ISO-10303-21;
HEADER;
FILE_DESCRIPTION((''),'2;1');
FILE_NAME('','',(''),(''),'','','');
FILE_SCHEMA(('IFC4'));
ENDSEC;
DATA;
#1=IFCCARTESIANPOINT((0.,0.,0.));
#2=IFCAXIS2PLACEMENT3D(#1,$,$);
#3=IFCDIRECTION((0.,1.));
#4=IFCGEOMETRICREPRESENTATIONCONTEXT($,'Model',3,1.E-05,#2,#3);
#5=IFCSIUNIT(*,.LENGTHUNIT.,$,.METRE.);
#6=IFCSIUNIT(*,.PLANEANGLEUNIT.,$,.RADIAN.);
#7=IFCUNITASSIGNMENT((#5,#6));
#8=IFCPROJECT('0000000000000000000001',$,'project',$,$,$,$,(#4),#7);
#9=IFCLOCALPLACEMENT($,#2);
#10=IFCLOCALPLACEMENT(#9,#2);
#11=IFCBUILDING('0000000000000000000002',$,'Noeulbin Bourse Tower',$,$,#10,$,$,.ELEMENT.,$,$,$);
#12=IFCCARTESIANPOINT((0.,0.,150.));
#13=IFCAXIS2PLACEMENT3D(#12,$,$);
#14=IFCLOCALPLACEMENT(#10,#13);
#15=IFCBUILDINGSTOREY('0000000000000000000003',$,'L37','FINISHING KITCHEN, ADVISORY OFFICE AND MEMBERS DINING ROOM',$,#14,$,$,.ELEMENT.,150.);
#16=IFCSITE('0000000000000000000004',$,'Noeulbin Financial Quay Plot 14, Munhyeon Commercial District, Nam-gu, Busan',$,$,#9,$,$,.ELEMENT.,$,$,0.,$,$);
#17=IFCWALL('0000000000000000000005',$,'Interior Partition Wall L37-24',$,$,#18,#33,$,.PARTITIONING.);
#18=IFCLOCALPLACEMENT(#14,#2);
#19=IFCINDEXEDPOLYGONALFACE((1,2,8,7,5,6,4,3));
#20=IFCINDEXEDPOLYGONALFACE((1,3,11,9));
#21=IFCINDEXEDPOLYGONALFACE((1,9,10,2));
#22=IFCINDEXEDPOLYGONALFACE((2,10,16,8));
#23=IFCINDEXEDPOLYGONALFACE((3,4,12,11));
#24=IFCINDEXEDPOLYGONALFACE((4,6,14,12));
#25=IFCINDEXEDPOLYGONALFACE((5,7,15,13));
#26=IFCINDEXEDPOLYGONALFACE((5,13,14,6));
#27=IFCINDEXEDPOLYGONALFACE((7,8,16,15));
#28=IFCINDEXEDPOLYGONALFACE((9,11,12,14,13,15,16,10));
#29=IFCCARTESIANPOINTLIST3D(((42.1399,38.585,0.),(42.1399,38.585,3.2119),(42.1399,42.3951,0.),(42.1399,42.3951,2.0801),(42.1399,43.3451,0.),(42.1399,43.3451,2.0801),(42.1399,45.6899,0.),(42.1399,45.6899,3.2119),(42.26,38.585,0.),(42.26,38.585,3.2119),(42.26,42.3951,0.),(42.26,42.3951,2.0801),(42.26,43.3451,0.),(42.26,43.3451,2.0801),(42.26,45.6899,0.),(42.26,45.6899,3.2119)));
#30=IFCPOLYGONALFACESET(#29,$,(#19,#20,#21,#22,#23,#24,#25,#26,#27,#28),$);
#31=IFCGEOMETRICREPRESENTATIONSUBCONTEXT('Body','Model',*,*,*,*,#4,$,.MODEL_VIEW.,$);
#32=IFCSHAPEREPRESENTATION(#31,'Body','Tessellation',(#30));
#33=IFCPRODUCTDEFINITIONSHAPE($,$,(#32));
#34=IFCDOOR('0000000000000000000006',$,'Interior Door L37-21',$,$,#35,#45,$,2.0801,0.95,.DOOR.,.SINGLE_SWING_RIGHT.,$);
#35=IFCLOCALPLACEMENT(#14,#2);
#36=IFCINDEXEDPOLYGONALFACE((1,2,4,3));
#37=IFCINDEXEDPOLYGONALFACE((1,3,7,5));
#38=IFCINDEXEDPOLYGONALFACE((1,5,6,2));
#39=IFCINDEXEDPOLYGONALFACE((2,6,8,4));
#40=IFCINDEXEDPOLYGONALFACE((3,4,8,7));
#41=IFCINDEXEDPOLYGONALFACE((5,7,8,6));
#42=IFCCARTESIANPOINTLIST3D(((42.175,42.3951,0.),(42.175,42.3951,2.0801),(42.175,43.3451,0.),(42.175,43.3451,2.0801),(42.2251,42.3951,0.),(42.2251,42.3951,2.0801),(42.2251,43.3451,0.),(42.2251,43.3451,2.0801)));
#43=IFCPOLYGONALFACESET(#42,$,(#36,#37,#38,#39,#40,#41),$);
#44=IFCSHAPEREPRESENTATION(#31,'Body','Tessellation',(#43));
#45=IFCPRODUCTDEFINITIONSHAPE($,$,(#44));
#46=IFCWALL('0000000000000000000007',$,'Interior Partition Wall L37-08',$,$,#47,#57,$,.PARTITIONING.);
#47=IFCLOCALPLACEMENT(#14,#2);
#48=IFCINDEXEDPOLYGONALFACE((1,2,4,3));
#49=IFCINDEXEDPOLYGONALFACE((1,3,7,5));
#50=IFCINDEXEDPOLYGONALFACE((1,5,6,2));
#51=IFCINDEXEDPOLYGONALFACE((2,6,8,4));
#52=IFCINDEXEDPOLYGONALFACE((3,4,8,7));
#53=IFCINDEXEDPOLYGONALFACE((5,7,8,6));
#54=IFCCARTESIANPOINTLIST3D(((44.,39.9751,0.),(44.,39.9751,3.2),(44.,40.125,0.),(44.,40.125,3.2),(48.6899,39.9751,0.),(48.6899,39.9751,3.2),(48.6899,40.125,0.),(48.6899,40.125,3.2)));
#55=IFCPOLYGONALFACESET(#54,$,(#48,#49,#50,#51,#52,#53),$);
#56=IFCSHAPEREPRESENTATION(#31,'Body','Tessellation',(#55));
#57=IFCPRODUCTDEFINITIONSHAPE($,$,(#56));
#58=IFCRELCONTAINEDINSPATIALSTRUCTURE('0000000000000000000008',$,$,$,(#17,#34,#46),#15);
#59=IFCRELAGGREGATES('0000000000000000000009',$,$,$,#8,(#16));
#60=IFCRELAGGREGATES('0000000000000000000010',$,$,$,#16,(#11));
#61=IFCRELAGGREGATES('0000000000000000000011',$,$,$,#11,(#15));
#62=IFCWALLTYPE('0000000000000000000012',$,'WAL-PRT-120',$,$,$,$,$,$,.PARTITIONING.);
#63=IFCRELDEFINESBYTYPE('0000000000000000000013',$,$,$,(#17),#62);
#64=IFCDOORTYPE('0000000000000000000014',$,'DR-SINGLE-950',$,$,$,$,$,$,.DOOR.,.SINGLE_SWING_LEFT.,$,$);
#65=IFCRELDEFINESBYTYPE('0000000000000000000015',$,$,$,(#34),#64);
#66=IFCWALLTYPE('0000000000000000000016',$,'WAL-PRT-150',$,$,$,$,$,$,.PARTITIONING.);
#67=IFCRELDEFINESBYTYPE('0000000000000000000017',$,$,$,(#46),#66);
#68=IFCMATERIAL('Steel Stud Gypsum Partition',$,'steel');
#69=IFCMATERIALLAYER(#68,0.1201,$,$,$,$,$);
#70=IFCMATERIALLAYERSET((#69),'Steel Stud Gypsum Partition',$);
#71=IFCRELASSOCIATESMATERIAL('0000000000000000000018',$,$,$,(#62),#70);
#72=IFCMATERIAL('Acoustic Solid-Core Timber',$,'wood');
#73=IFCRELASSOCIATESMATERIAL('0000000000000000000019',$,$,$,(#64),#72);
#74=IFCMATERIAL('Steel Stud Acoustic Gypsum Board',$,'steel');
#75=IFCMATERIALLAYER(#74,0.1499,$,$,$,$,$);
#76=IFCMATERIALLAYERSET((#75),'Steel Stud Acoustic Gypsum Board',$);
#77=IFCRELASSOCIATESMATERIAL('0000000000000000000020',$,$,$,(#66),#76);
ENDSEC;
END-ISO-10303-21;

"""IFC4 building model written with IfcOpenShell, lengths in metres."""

from ifc_helpers import new_model, si_unit, direction, frame, frame_2d, origin, place, context, subcontext, project, spatial, rectangle, extrude, material, layer, layer_set, type_object, element, fill, save


model = new_model("IFC4")

# Units and contexts
model_context = context("Model", 3, precision=1e-05, world=origin(), true_north=direction((0.0, 1.0)))
body_context = subcontext(model_context, "Body", "Model", "MODEL_VIEW")
ifc_project = project(units=[si_unit("LENGTHUNIT", "METRE"), si_unit("PLANEANGLEUNIT", "RADIAN")], contexts=[model_context])

# Site, building, storey
site_placement = place(None, origin())
site = spatial("IfcSite", under=ifc_project, at=site_placement, Name="Noeulbin Financial Quay Plot 14, Munhyeon Commercial District, Nam-gu, Busan", CompositionType="ELEMENT", RefElevation=0.0)
building_placement = place(site_placement, origin())
building = spatial("IfcBuilding", under=site, at=building_placement, Name="Noeulbin Bourse Tower", CompositionType="ELEMENT")
storey_placement = place(building_placement, frame((0.0, 0.0, 150.0)))
storey = spatial("IfcBuildingStorey", under=building, at=storey_placement, Name="L37", Description="FINISHING KITCHEN, ADVISORY OFFICE AND MEMBERS DINING ROOM", CompositionType="ELEMENT", Elevation=150.0)

# Wall, opening, door
ifc_material_1 = material(Name="Steel Stud Gypsum Partition", Category="steel")
ifc_layer_1 = layer(ifc_material_1, 0.1201)
ifc_layer_set_1 = layer_set([ifc_layer_1], Name="Steel Stud Gypsum Partition")
wall_type_1 = type_object("IfcWallType", Name="WAL-PRT-120", PredefinedType="PARTITIONING", material=ifc_layer_set_1)
wall_1_placement = place(storey_placement, frame((42.2, 38.585, 0.0), z_axis=(0.0, 0.0, 1.0), x_axis=(0.0, 1.0, 0.0)))
wall_1 = element("IfcWall", 1, at=wall_1_placement, inside=storey, type_object=wall_type_1, Name="Interior Partition Wall L37-24", PredefinedType="PARTITIONING", context=body_context, shape_type="SweptSolid", body=[
    extrude(rectangle(XDim=7.105, YDim=0.1201, at=frame_2d((3.5525, 0.0))), origin(), (0.0, 0.0, 1.0), 3.2119),
])
opening_placement = place(wall_1_placement, frame((3.8101, 0.0, 0.0)))
opening = element("IfcOpeningElement", 2, at=opening_placement, cuts=wall_1, PredefinedType="OPENING", context=body_context, shape_type="SweptSolid", body=[
    extrude(rectangle(XDim=0.95, YDim=2.0801, at=frame_2d((0.4751, 1.04))), frame((0.0, 0.0701, 0.0), z_axis=(0.0, -1.0, 0.0), x_axis=(1.0, 0.0, 0.0)), (0.0, 0.0, 1.0), 0.1401),
])
ifc_material_2 = material(Name="Acoustic Solid-Core Timber", Category="wood")
door_type = type_object("IfcDoorType", Name="DR-SINGLE-950", OperationType="SINGLE_SWING_LEFT", PredefinedType="DOOR", material=ifc_material_2)
door_placement = place(opening_placement, origin())
door = element("IfcDoor", 3, at=door_placement, inside=storey, type_object=door_type, Name="Interior Door L37-21", OperationType="SINGLE_SWING_RIGHT", OverallHeight=2.0801, OverallWidth=0.95, PredefinedType="DOOR", context=body_context, shape_type="SweptSolid", body=[
    extrude(rectangle(XDim=0.95, YDim=2.0801, at=frame_2d((0.4751, 1.04))), frame((0.0, 0.0249, 0.0), z_axis=(0.0, -1.0, 0.0), x_axis=(1.0, 0.0, 0.0)), (0.0, 0.0, 1.0), 0.05),
])
fill(opening, door)

# Wall
ifc_material_3 = material(Name="Steel Stud Acoustic Gypsum Board", Category="steel")
ifc_layer_2 = layer(ifc_material_3, 0.1499)
ifc_layer_set_2 = layer_set([ifc_layer_2], Name="Steel Stud Acoustic Gypsum Board")
wall_type_2 = type_object("IfcWallType", Name="WAL-PRT-150", PredefinedType="PARTITIONING", material=ifc_layer_set_2)
wall_2_placement = place(storey_placement, frame((44.0, 40.05, 0.0), z_axis=(0.0, 0.0, 1.0), x_axis=(1.0, 0.0, 0.0)))
element("IfcWall", 4, at=wall_2_placement, inside=storey, type_object=wall_type_2, Name="Interior Partition Wall L37-08", PredefinedType="PARTITIONING", context=body_context, shape_type="SweptSolid", body=[
    extrude(rectangle(XDim=4.6899, YDim=0.1499, at=frame_2d((2.345, 0.0))), origin(), (0.0, 0.0, 1.0), 3.2),
])

save(model, "model.ifc")
